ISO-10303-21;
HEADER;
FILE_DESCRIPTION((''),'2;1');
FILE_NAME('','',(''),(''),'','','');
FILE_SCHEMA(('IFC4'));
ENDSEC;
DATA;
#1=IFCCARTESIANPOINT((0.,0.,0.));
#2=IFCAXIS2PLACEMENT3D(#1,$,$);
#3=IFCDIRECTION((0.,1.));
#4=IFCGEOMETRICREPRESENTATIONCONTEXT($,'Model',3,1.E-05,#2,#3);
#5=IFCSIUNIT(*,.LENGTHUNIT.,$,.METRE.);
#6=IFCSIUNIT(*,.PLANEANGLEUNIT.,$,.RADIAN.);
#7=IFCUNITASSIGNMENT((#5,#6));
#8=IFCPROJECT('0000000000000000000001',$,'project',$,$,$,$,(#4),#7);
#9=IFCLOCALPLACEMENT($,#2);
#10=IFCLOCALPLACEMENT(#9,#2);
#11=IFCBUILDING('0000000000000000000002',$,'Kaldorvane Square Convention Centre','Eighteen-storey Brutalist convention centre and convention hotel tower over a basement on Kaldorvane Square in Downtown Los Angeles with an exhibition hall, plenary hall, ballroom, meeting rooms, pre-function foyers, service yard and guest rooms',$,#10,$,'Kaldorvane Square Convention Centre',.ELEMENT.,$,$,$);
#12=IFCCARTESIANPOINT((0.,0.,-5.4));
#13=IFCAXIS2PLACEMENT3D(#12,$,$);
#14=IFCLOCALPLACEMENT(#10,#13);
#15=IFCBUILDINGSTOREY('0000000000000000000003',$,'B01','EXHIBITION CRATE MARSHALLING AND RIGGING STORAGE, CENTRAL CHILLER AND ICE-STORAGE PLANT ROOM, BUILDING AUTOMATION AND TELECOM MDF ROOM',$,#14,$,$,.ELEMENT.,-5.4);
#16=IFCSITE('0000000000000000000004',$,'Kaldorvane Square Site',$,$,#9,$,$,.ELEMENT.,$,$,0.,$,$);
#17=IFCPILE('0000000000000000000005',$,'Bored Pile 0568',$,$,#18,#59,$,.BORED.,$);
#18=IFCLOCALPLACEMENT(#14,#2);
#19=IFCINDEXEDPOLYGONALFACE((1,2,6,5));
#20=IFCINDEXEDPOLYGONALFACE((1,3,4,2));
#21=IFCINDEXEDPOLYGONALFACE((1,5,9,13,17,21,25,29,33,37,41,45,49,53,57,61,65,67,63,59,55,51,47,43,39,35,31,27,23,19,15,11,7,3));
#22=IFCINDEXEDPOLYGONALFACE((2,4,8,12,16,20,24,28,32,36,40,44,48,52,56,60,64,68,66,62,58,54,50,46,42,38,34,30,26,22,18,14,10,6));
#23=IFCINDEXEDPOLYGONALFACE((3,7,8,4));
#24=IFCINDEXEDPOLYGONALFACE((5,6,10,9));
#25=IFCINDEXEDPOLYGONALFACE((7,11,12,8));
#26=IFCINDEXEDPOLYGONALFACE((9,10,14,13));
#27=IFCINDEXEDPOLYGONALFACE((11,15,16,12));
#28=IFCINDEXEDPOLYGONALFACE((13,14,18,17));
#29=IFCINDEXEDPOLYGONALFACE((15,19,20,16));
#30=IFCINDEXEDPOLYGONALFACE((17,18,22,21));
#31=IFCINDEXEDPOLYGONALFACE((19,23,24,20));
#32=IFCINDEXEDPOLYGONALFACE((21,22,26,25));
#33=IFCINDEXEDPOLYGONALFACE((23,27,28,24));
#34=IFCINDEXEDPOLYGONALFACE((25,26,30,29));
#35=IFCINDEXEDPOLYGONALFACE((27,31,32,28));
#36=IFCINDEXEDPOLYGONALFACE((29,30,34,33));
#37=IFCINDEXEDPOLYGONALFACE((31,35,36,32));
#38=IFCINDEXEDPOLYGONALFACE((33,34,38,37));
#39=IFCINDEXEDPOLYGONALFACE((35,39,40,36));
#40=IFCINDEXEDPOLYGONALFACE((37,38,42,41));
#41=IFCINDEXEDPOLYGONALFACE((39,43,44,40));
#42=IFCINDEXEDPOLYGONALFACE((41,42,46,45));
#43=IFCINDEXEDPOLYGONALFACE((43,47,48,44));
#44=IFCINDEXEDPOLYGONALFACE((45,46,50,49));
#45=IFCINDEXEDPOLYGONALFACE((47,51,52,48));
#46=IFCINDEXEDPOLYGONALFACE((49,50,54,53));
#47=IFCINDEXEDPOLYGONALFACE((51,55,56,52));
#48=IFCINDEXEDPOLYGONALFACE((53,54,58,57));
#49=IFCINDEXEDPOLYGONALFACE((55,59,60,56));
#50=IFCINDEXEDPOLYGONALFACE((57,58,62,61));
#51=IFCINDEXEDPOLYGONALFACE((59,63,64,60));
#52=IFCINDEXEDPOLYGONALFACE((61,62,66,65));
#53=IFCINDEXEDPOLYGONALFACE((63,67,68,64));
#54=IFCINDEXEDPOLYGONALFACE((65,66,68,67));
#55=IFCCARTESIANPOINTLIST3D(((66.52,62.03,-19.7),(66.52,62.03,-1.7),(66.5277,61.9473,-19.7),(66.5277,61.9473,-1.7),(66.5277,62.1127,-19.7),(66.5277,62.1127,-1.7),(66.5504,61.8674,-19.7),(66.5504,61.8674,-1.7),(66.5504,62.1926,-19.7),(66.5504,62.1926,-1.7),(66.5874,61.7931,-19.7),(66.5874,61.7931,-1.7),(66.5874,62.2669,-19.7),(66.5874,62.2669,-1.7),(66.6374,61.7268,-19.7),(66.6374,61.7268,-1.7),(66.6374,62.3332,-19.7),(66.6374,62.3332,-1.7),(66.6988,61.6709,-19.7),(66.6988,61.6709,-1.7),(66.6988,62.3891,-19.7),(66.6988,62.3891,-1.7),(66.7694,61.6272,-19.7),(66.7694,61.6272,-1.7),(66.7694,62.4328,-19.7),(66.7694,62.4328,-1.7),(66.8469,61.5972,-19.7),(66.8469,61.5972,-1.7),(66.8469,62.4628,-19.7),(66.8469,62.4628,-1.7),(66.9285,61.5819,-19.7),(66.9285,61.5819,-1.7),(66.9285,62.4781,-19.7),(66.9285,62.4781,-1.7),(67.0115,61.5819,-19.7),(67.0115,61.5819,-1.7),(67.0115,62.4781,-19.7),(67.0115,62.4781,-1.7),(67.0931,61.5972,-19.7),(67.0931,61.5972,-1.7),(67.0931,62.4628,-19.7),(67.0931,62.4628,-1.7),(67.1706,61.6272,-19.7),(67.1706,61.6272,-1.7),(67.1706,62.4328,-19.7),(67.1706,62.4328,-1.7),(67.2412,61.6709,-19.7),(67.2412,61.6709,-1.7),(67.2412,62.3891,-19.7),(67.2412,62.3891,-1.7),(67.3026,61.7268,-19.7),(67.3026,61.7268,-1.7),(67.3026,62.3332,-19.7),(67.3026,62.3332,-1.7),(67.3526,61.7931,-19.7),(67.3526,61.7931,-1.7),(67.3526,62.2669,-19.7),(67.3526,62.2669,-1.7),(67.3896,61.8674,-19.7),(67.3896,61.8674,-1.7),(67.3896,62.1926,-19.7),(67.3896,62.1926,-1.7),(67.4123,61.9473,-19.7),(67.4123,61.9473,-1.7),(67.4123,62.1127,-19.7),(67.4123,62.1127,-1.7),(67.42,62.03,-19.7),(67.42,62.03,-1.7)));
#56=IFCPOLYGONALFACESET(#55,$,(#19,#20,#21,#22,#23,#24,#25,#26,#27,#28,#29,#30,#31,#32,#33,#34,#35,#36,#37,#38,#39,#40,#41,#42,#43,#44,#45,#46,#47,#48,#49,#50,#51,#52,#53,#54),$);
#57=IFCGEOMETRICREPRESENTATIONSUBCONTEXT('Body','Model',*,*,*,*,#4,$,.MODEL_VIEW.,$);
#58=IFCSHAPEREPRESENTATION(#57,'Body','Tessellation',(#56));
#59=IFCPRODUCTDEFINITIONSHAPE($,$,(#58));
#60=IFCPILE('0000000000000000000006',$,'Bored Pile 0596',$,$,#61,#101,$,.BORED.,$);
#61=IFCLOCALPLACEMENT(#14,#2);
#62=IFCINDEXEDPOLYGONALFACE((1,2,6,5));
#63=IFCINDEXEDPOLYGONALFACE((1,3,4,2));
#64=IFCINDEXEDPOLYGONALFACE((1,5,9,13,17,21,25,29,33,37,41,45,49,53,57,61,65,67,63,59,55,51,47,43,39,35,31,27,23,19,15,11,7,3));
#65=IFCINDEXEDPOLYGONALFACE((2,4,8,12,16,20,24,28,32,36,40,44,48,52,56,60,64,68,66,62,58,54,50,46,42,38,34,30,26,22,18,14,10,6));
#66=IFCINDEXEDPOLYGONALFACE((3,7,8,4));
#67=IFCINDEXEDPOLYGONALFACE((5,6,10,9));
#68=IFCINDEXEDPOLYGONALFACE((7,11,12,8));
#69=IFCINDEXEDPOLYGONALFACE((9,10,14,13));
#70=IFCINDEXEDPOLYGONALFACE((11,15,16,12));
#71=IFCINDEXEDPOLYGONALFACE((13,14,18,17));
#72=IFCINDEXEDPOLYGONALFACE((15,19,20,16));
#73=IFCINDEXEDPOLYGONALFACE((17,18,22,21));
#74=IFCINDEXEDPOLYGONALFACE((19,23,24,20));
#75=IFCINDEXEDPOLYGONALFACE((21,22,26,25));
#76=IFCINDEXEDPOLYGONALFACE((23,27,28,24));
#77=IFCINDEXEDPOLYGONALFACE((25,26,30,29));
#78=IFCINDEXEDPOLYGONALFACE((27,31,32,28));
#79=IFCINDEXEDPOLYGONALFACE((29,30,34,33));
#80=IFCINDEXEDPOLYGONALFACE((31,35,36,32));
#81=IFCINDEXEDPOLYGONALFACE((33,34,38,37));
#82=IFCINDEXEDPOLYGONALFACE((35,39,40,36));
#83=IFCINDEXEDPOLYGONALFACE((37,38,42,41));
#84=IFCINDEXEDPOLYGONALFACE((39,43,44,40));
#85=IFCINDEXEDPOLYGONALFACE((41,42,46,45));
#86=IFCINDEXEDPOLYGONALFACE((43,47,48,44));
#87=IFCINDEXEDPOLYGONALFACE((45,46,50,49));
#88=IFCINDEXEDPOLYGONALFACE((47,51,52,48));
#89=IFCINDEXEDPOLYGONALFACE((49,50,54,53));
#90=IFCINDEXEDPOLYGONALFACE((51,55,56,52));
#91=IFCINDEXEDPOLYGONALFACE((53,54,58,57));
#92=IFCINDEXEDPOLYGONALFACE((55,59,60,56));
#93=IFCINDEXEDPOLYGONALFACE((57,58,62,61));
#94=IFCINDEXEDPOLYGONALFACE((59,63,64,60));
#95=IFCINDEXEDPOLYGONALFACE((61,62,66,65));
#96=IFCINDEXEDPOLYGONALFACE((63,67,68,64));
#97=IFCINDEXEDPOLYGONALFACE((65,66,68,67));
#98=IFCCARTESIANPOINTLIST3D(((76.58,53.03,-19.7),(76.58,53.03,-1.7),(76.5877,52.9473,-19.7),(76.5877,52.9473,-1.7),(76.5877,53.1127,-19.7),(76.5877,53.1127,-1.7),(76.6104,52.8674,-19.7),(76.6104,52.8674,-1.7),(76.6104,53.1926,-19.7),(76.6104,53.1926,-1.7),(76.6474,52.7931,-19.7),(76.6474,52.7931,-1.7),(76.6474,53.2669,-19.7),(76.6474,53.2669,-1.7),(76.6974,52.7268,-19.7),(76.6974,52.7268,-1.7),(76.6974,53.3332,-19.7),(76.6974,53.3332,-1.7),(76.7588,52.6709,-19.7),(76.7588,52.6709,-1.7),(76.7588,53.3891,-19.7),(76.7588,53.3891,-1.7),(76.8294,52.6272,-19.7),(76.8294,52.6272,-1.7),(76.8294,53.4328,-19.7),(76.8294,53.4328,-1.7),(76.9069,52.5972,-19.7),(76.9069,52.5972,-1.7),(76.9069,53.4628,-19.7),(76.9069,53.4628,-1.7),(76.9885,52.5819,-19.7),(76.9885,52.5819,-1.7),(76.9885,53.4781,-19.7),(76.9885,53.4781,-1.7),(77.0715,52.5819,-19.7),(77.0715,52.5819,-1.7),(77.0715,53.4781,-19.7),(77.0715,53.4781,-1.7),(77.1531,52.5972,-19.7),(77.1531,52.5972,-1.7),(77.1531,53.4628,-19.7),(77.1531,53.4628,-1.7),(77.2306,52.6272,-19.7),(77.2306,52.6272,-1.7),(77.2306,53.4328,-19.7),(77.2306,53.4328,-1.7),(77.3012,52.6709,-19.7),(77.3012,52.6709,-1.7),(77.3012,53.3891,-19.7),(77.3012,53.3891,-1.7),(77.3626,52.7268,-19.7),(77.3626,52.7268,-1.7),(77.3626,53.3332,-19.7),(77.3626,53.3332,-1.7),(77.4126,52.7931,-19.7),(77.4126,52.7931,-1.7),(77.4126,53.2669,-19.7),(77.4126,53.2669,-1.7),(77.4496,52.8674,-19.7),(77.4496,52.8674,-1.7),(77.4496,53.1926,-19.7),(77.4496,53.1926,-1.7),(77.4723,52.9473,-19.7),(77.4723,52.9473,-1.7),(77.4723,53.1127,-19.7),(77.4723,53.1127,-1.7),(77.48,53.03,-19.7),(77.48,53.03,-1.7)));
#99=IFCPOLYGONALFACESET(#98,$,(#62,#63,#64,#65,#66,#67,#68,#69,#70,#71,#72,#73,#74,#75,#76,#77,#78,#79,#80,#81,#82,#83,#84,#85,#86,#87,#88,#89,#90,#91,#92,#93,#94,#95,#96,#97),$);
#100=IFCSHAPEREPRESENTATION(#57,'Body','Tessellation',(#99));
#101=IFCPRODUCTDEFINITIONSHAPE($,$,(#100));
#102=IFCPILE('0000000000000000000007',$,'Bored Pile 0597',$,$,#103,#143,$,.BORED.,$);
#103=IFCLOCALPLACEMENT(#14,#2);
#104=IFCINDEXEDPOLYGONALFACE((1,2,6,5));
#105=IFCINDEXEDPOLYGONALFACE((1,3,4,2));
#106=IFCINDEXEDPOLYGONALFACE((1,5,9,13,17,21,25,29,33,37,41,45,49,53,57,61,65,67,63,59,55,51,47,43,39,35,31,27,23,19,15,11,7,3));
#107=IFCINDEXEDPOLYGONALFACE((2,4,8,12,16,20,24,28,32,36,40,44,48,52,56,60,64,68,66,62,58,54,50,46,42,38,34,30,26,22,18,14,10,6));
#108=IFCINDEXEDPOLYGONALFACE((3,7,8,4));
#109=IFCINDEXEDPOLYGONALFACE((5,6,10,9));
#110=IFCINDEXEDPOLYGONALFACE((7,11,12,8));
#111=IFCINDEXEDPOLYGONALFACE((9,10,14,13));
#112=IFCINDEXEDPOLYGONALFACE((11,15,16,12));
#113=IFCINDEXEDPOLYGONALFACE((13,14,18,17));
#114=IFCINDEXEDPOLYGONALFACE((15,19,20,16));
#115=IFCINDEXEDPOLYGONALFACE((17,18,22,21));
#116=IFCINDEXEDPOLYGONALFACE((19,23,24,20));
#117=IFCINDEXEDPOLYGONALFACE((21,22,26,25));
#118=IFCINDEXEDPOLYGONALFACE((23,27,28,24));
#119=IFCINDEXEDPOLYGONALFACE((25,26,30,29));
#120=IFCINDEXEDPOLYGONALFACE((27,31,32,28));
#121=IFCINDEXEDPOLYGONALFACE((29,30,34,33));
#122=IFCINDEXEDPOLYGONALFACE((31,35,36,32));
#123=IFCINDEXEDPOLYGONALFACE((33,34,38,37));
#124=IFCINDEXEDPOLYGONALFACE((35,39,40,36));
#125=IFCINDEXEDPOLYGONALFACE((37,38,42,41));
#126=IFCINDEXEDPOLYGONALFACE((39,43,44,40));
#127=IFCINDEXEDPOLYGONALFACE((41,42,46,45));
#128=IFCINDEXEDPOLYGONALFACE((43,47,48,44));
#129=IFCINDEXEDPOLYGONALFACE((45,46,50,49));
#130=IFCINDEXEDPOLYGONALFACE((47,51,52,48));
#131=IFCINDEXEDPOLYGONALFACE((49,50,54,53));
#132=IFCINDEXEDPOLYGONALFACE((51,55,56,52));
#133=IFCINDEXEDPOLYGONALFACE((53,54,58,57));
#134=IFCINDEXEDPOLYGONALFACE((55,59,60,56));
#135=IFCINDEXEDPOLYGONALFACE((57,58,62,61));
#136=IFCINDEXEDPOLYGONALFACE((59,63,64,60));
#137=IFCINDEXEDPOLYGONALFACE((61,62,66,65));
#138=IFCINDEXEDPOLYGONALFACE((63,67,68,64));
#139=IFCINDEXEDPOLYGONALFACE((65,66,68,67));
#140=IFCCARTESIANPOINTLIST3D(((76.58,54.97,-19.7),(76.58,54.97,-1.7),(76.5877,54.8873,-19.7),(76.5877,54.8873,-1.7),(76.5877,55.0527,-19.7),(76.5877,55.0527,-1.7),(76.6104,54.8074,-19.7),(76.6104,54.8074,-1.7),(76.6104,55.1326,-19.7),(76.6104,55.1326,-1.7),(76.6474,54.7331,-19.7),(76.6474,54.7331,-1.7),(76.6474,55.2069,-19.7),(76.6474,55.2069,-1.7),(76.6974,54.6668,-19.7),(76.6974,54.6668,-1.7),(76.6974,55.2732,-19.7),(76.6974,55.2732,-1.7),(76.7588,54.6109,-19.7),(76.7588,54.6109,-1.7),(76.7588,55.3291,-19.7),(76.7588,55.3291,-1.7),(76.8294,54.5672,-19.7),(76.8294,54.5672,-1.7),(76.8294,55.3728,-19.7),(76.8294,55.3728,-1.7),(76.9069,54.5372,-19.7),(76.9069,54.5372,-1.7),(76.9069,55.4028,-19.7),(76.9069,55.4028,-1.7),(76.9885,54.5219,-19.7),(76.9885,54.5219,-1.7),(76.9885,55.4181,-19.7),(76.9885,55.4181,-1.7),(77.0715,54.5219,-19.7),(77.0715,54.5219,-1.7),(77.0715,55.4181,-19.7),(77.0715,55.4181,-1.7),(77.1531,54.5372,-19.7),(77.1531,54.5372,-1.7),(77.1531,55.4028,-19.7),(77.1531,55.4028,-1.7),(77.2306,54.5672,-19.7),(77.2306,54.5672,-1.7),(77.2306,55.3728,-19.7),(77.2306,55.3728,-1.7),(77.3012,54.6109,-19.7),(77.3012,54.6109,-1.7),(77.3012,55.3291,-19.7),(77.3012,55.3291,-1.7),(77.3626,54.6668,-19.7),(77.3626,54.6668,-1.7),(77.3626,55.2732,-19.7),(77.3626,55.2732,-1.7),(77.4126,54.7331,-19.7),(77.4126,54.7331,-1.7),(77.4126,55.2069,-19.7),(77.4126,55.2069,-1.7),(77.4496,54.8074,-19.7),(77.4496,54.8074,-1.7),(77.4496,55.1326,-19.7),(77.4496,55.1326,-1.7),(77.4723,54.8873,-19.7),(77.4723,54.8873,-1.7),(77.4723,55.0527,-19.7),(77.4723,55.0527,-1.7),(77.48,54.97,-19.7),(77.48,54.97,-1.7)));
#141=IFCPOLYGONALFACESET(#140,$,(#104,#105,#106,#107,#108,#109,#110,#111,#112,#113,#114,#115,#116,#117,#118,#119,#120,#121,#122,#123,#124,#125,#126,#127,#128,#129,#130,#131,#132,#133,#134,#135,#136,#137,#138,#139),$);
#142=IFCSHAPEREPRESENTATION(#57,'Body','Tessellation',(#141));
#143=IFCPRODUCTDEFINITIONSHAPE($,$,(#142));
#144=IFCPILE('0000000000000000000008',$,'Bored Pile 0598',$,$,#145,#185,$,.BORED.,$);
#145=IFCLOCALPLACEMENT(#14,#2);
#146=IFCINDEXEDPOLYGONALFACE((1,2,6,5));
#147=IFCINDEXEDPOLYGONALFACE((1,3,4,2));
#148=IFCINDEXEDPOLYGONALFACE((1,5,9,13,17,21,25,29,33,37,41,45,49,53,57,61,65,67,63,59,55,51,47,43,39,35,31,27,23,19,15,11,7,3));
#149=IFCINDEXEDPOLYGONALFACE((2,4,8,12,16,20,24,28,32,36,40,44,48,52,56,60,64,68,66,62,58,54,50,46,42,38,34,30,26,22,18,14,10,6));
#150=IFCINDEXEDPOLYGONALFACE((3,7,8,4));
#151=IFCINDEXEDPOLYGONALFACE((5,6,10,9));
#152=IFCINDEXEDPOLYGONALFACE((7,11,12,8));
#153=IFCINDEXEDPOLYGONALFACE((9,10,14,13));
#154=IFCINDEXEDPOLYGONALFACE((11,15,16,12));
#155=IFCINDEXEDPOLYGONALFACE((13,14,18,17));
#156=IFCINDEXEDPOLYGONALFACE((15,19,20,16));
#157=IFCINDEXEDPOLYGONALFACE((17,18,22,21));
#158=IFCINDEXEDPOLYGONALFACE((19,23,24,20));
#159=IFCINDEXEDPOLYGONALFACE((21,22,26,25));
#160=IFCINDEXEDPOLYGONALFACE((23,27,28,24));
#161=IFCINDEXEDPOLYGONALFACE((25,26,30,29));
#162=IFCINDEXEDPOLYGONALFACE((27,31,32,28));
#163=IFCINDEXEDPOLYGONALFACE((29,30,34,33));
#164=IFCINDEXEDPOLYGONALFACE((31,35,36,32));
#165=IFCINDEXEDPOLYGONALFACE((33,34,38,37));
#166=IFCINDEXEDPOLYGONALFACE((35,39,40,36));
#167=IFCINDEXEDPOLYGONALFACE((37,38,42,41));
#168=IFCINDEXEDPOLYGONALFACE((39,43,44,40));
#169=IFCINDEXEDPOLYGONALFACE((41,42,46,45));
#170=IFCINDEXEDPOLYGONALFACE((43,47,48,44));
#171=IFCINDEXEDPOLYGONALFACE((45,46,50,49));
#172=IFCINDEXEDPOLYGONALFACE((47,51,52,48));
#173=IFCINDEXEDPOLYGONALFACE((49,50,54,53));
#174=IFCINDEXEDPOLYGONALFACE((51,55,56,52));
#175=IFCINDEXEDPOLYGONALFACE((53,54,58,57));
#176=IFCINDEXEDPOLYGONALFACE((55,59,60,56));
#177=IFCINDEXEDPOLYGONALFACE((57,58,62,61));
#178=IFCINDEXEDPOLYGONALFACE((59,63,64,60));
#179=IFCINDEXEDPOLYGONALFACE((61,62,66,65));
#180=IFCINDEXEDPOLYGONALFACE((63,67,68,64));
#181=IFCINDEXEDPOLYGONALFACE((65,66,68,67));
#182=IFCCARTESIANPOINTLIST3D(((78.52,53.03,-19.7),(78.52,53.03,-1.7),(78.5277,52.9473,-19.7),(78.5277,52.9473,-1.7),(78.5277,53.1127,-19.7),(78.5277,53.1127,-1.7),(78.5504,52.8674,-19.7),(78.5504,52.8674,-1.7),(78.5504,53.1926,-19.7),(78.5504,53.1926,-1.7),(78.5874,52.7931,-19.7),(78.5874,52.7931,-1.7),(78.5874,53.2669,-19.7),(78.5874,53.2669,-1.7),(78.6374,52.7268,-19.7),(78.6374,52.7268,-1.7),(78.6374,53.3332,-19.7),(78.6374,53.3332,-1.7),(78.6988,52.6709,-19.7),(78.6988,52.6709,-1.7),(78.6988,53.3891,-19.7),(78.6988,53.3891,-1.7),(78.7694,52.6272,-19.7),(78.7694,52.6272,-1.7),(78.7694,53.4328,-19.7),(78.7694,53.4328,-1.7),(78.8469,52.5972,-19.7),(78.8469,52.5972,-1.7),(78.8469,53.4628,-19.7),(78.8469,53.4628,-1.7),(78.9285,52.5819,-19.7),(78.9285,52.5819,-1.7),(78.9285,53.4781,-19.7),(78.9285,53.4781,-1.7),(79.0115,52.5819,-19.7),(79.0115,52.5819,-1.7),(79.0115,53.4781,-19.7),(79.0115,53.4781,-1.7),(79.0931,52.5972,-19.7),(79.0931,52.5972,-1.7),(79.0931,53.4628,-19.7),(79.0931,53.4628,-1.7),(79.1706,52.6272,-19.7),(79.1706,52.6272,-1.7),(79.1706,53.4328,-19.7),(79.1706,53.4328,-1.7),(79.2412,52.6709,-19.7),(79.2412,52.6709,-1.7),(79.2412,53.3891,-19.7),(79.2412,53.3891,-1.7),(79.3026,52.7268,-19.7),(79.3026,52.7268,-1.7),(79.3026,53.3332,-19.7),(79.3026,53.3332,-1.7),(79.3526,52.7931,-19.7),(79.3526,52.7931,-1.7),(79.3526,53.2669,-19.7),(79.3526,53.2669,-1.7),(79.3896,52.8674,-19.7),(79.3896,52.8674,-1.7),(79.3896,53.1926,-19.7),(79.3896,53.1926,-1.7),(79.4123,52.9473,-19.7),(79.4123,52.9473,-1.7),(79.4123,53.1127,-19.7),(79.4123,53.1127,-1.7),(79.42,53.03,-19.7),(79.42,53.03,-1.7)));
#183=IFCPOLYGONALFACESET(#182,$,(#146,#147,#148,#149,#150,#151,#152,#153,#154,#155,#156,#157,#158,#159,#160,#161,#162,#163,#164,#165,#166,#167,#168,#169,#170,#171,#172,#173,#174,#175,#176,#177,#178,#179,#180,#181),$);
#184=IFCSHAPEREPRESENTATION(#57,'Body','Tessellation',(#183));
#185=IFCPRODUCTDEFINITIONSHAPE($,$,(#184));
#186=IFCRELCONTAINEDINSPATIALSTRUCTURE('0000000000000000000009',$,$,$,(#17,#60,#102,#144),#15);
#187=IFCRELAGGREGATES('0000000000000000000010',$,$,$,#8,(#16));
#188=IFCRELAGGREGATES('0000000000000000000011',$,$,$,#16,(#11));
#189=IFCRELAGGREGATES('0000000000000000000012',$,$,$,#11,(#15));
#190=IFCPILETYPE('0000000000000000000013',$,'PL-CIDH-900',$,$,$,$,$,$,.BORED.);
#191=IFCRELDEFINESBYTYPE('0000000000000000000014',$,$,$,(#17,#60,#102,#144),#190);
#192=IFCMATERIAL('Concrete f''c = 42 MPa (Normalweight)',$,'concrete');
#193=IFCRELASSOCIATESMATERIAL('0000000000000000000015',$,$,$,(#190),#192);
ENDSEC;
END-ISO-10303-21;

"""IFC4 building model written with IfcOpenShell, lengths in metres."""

from ifc_helpers import new_model, si_unit, direction, frame, origin, origin_2d, place, context, subcontext, project, spatial, circle, extrude, material, material_profile, profile_set, type_object, element, save


model = new_model("IFC4")

# Units and contexts
model_context = context("Model", 3, precision=1e-05, world=origin(), true_north=direction((0.0, 1.0)))
body_context = subcontext(model_context, "Body", "Model", "MODEL_VIEW")
ifc_project = project(units=[si_unit("LENGTHUNIT", "METRE"), si_unit("PLANEANGLEUNIT", "RADIAN")], contexts=[model_context])

# Site, building, storey
site_placement = place(None, origin())
site = spatial("IfcSite", under=ifc_project, at=site_placement, Name="Kaldorvane Square Site", CompositionType="ELEMENT", RefElevation=0.0)
building_placement = place(site_placement, origin())
building = spatial("IfcBuilding", under=site, at=building_placement, Name="Kaldorvane Square Convention Centre", Description="Eighteen-storey Brutalist convention centre and convention hotel tower over a basement on Kaldorvane Square in Downtown Los Angeles with an exhibition hall, plenary hall, ballroom, meeting rooms, pre-function foyers, service yard and guest rooms", LongName="Kaldorvane Square Convention Centre", CompositionType="ELEMENT")
storey_placement = place(building_placement, frame((0.0, 0.0, -5.4)))
storey = spatial("IfcBuildingStorey", under=building, at=storey_placement, Name="B01", Description="EXHIBITION CRATE MARSHALLING AND RIGGING STORAGE, CENTRAL CHILLER AND ICE-STORAGE PLANT ROOM, BUILDING AUTOMATION AND TELECOM MDF ROOM", CompositionType="ELEMENT", Elevation=-5.4)

# Shared definitions
ifc_material_1 = material(Name="Concrete f'c = 42 MPa (Normalweight)", Category="concrete")

# Piles
ifc_material_profile_1 = material_profile(ifc_material_1, circle(Radius=0.45, at=origin_2d()), Name="PILE-D900")
ifc_profile_set_1 = profile_set([ifc_material_profile_1], Name="Concrete f'c = 42 MPa (Normalweight)")
pile_type = type_object("IfcPileType", Name="PL-CIDH-900", PredefinedType="BORED", material=ifc_profile_set_1)
for number, where, z_axis, x_axis, name in (
    (1, (66.97, 62.03, -1.7), (0.0, 0.0, -1.0), (1.0, 0.0, 0.0), "Bored Pile 0568"),
    (2, (77.03, 53.03, -1.7), (0.0, 0.0, -1.0), (1.0, 0.0, 0.0), "Bored Pile 0596"),
    (3, (77.03, 54.97, -1.7), (0.0, 0.0, -1.0), (1.0, 0.0, 0.0), "Bored Pile 0597"),
    (4, (78.97, 53.03, -1.7), (0.0, 0.0, -1.0), (1.0, 0.0, 0.0), "Bored Pile 0598"),
):
    element("IfcPile", number, at=place(storey_placement, frame(where, z_axis=z_axis, x_axis=x_axis)), inside=storey, type_object=pile_type, Name=name, PredefinedType="BORED", context=body_context, shape_type="SweptSolid", body=[
        extrude(circle(Radius=0.45, at=origin_2d()), origin(), (0.0, 0.0, 1.0), 18.0),
    ])

save(model, "model.ifc")
